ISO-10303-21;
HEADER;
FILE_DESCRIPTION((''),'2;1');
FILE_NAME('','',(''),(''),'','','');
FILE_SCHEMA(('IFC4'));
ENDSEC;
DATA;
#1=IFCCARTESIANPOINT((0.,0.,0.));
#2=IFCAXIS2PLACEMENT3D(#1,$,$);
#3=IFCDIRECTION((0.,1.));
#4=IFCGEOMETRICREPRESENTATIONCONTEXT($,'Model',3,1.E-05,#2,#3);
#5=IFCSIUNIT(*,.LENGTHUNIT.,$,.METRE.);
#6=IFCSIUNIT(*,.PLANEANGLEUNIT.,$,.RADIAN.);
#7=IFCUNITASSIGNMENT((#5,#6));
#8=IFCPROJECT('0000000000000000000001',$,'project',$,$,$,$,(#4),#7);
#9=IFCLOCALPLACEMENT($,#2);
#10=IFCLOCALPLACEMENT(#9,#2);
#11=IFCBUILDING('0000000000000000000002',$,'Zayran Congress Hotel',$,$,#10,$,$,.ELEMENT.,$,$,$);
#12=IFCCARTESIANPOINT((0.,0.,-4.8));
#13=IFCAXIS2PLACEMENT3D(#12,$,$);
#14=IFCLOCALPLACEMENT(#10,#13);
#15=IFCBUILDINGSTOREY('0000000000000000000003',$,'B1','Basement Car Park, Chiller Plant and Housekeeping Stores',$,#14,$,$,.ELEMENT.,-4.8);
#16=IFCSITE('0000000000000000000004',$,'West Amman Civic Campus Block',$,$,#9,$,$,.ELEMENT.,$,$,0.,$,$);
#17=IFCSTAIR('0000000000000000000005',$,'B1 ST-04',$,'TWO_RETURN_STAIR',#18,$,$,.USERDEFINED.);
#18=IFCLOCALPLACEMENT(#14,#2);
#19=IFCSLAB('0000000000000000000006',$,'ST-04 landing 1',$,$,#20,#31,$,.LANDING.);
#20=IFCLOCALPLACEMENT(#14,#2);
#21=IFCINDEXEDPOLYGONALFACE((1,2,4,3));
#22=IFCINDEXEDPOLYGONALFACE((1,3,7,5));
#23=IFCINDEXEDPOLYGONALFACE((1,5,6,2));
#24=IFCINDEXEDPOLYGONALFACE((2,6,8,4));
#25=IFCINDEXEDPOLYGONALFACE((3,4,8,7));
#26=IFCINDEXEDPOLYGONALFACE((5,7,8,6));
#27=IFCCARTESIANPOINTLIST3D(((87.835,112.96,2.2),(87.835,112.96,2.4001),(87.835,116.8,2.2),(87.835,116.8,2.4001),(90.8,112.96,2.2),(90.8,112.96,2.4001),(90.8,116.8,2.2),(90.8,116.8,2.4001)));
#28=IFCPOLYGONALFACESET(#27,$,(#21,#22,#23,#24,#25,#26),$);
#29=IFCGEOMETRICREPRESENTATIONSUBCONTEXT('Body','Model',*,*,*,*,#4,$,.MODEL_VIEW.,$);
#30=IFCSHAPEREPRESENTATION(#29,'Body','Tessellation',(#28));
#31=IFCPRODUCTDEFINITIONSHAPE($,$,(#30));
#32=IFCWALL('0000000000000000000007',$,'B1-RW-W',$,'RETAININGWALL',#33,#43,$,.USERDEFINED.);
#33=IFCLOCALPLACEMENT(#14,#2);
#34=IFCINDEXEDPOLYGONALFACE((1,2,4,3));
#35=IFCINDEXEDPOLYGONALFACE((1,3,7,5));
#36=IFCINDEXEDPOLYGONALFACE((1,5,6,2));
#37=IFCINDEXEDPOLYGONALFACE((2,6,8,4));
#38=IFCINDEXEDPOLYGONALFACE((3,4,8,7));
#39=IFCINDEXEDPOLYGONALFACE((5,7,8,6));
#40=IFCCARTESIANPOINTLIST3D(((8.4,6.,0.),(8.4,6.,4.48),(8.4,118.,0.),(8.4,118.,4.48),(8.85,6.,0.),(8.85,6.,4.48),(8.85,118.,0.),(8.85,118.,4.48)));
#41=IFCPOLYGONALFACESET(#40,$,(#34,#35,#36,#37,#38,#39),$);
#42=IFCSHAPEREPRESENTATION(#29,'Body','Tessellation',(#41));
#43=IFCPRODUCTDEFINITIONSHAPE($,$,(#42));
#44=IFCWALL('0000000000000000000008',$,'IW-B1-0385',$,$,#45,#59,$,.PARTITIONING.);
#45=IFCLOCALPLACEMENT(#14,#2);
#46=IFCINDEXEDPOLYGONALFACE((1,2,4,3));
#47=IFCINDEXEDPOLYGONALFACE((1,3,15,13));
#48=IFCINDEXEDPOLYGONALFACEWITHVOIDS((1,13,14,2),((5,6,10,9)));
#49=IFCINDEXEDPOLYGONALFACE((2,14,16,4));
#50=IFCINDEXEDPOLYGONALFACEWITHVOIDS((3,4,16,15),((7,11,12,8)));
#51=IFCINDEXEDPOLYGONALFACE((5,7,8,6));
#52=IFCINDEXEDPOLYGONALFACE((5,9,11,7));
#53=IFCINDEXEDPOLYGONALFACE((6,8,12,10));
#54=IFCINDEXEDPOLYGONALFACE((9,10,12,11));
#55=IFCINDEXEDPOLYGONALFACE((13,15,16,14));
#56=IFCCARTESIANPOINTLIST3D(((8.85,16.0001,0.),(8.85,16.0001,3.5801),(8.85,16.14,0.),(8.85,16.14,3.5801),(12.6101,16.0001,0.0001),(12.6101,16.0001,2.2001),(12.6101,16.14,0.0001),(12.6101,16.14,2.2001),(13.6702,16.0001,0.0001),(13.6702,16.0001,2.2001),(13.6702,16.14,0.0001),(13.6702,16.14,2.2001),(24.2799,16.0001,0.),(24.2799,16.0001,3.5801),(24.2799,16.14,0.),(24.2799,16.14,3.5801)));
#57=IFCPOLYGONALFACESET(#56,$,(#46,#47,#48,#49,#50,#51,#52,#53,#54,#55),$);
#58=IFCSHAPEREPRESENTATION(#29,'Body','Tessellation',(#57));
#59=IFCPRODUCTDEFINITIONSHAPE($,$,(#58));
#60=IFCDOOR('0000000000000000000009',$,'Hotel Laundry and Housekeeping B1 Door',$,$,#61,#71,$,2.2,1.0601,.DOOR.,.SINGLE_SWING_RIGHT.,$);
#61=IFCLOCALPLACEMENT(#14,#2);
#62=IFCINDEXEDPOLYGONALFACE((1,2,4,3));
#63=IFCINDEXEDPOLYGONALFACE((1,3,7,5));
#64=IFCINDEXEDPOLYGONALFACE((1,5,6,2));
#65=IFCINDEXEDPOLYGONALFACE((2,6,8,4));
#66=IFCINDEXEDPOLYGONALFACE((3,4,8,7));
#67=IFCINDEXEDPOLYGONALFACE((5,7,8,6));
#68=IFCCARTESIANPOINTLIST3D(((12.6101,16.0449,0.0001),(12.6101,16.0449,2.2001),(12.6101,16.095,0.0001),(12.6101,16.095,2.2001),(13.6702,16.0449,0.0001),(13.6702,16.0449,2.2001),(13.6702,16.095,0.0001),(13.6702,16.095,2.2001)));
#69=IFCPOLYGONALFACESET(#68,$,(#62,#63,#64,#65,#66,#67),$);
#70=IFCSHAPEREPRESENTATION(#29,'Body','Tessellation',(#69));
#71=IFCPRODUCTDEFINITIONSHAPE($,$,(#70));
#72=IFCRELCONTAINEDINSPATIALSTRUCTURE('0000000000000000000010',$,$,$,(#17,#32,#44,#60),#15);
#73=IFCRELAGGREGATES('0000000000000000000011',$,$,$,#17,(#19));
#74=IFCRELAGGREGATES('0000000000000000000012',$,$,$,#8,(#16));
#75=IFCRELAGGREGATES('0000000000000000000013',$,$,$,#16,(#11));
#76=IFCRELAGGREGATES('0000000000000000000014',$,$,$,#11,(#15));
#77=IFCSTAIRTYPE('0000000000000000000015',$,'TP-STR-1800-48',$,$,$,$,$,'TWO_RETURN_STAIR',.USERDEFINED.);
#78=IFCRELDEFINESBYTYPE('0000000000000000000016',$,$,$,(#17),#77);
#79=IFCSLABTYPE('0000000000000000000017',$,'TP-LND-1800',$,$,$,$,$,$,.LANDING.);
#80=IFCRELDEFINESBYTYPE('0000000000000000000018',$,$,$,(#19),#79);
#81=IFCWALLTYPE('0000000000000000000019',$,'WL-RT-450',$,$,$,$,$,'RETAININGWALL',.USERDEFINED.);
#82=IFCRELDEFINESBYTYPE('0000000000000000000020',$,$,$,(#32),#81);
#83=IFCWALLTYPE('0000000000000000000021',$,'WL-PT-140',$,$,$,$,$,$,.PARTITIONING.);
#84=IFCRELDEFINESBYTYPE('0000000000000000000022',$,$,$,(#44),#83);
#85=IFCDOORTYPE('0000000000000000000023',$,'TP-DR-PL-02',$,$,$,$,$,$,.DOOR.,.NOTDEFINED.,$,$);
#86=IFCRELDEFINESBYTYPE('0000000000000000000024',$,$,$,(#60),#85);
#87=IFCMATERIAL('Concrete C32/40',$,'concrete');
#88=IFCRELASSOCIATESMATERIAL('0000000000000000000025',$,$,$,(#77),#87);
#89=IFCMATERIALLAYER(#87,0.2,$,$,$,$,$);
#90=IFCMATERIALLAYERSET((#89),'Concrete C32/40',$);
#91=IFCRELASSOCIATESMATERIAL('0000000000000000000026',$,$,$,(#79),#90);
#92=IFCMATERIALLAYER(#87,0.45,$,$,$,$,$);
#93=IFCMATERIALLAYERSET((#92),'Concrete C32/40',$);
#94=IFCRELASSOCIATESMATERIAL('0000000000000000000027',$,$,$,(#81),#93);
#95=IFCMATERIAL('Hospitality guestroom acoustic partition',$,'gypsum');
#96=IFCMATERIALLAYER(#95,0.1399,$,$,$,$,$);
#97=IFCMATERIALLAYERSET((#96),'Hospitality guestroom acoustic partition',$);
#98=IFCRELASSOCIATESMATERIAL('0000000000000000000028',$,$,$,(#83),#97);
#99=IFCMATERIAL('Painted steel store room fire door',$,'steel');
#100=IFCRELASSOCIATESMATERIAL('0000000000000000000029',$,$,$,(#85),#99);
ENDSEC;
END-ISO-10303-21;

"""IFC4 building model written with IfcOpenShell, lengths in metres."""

from ifc_helpers import new_model, si_unit, direction, frame, frame_2d, origin, place, context, subcontext, project, spatial, polyline, rectangle, outline, extrude, material, layer, layer_set, type_object, element, fill, aggregate, save


model = new_model("IFC4")

# Units and contexts
model_context = context("Model", 3, precision=1e-05, world=origin(), true_north=direction((0.0, 1.0)))
body_context = subcontext(model_context, "Body", "Model", "MODEL_VIEW")
ifc_project = project(units=[si_unit("LENGTHUNIT", "METRE"), si_unit("PLANEANGLEUNIT", "RADIAN")], contexts=[model_context])

# Site, building, storey
site_placement = place(None, origin())
site = spatial("IfcSite", under=ifc_project, at=site_placement, Name="West Amman Civic Campus Block", CompositionType="ELEMENT", RefElevation=0.0)
building_placement = place(site_placement, origin())
building = spatial("IfcBuilding", under=site, at=building_placement, Name="Zayran Congress Hotel", CompositionType="ELEMENT")
storey_placement = place(building_placement, frame((0.0, 0.0, -4.8)))
storey = spatial("IfcBuildingStorey", under=building, at=storey_placement, Name="B1", Description="Basement Car Park, Chiller Plant and Housekeeping Stores", CompositionType="ELEMENT", Elevation=-4.8)

# Shared definitions
ifc_material_1 = material(Name="Concrete C32/40", Category="concrete")

# Stair, slab
stair_type_1 = type_object("IfcStairType", Name="TP-STR-1800-48", ElementType="TWO_RETURN_STAIR", PredefinedType="USERDEFINED", material=ifc_material_1)
ifc_layer_1 = layer(ifc_material_1, 0.2)
ifc_layer_set_1 = layer_set([ifc_layer_1], Name="Concrete C32/40")
slab_type_1 = type_object("IfcSlabType", Name="TP-LND-1800", PredefinedType="LANDING", material=ifc_layer_set_1)
stair_1_placement = place(storey_placement, origin())
stair_1 = element("IfcStair", 1, at=stair_1_placement, inside=storey, type_object=stair_type_1, Name="B1 ST-04", ObjectType="TWO_RETURN_STAIR", PredefinedType="USERDEFINED")
slab_1_placement = place(storey_placement, frame((0.0, 0.0, 2.2)))
slab_1 = element("IfcSlab", 2, at=slab_1_placement, type_object=slab_type_1, Name="ST-04 landing 1", PredefinedType="LANDING", context=body_context, shape_type="SweptSolid", body=[
    extrude(outline(polyline([(87.835, 112.96), (90.8, 112.96), (90.8, 116.8), (87.835, 116.8), (87.835, 112.96)])), origin(), (0.0, 0.0, 1.0), 0.2002),
])
aggregate(stair_1, [slab_1])

# Wall
ifc_layer_2 = layer(ifc_material_1, 0.45)
ifc_layer_set_2 = layer_set([ifc_layer_2], Name="Concrete C32/40")
wall_type_1 = type_object("IfcWallType", Name="WL-RT-450", ElementType="RETAININGWALL", PredefinedType="USERDEFINED", material=ifc_layer_set_2)
wall_1_placement = place(storey_placement, frame((8.625, 6.0, 0.0), z_axis=(0.0, 0.0, 1.0), x_axis=(0.0, 1.0, 0.0)))
element("IfcWall", 3, at=wall_1_placement, inside=storey, type_object=wall_type_1, Name="B1-RW-W", ObjectType="RETAININGWALL", PredefinedType="USERDEFINED", context=body_context, shape_type="SweptSolid", body=[
    extrude(rectangle(XDim=112.0, YDim=0.45, at=frame_2d((56.0, 0.0))), origin(), (0.0, 0.0, 1.0), 4.48),
])

# Wall, opening, door
ifc_material_2 = material(Name="Hospitality guestroom acoustic partition", Category="gypsum")
ifc_layer_3 = layer(ifc_material_2, 0.1399)
ifc_layer_set_3 = layer_set([ifc_layer_3], Name="Hospitality guestroom acoustic partition")
wall_type_2 = type_object("IfcWallType", Name="WL-PT-140", PredefinedType="PARTITIONING", material=ifc_layer_set_3)
wall_2_placement = place(storey_placement, frame((8.8501, 16.0701, 0.0), z_axis=(0.0, 0.0, 1.0), x_axis=(1.0, 0.0, 0.0)))
wall_2 = element("IfcWall", 4, at=wall_2_placement, inside=storey, type_object=wall_type_2, Name="IW-B1-0385", PredefinedType="PARTITIONING", context=body_context, shape_type="SweptSolid", body=[
    extrude(rectangle(XDim=15.4299, YDim=0.1399, at=frame_2d((7.7148, 0.0))), origin(), (0.0, 0.0, 1.0), 3.5801),
])
opening_placement = place(wall_2_placement, frame((3.76, 0.0, 0.0)))
opening = element("IfcOpeningElement", 5, at=opening_placement, cuts=wall_2, PredefinedType="OPENING", context=body_context, shape_type="SweptSolid", body=[
    extrude(rectangle(XDim=1.0601, YDim=2.2, at=frame_2d((0.53, 1.1001))), frame((0.0, 0.0798, 0.0), z_axis=(0.0, -1.0, 0.0), x_axis=(1.0, 0.0, 0.0)), (0.0, 0.0, 1.0), 0.1599),
])
ifc_material_3 = material(Name="Painted steel store room fire door", Category="steel")
door_type = type_object("IfcDoorType", Name="TP-DR-PL-02", OperationType="NOTDEFINED", PredefinedType="DOOR", material=ifc_material_3)
door_placement = place(opening_placement, origin())
door = element("IfcDoor", 6, at=door_placement, inside=storey, type_object=door_type, Name="Hotel Laundry and Housekeeping B1 Door", OperationType="SINGLE_SWING_RIGHT", OverallHeight=2.2, OverallWidth=1.0601, PredefinedType="DOOR", context=body_context, shape_type="SweptSolid", body=[
    extrude(rectangle(XDim=1.0601, YDim=2.2, at=frame_2d((0.53, 1.1001))), frame((0.0, 0.0249, 0.0), z_axis=(0.0, -1.0, 0.0), x_axis=(1.0, 0.0, 0.0)), (0.0, 0.0, 1.0), 0.05),
])
fill(opening, door)

save(model, "model.ifc")
